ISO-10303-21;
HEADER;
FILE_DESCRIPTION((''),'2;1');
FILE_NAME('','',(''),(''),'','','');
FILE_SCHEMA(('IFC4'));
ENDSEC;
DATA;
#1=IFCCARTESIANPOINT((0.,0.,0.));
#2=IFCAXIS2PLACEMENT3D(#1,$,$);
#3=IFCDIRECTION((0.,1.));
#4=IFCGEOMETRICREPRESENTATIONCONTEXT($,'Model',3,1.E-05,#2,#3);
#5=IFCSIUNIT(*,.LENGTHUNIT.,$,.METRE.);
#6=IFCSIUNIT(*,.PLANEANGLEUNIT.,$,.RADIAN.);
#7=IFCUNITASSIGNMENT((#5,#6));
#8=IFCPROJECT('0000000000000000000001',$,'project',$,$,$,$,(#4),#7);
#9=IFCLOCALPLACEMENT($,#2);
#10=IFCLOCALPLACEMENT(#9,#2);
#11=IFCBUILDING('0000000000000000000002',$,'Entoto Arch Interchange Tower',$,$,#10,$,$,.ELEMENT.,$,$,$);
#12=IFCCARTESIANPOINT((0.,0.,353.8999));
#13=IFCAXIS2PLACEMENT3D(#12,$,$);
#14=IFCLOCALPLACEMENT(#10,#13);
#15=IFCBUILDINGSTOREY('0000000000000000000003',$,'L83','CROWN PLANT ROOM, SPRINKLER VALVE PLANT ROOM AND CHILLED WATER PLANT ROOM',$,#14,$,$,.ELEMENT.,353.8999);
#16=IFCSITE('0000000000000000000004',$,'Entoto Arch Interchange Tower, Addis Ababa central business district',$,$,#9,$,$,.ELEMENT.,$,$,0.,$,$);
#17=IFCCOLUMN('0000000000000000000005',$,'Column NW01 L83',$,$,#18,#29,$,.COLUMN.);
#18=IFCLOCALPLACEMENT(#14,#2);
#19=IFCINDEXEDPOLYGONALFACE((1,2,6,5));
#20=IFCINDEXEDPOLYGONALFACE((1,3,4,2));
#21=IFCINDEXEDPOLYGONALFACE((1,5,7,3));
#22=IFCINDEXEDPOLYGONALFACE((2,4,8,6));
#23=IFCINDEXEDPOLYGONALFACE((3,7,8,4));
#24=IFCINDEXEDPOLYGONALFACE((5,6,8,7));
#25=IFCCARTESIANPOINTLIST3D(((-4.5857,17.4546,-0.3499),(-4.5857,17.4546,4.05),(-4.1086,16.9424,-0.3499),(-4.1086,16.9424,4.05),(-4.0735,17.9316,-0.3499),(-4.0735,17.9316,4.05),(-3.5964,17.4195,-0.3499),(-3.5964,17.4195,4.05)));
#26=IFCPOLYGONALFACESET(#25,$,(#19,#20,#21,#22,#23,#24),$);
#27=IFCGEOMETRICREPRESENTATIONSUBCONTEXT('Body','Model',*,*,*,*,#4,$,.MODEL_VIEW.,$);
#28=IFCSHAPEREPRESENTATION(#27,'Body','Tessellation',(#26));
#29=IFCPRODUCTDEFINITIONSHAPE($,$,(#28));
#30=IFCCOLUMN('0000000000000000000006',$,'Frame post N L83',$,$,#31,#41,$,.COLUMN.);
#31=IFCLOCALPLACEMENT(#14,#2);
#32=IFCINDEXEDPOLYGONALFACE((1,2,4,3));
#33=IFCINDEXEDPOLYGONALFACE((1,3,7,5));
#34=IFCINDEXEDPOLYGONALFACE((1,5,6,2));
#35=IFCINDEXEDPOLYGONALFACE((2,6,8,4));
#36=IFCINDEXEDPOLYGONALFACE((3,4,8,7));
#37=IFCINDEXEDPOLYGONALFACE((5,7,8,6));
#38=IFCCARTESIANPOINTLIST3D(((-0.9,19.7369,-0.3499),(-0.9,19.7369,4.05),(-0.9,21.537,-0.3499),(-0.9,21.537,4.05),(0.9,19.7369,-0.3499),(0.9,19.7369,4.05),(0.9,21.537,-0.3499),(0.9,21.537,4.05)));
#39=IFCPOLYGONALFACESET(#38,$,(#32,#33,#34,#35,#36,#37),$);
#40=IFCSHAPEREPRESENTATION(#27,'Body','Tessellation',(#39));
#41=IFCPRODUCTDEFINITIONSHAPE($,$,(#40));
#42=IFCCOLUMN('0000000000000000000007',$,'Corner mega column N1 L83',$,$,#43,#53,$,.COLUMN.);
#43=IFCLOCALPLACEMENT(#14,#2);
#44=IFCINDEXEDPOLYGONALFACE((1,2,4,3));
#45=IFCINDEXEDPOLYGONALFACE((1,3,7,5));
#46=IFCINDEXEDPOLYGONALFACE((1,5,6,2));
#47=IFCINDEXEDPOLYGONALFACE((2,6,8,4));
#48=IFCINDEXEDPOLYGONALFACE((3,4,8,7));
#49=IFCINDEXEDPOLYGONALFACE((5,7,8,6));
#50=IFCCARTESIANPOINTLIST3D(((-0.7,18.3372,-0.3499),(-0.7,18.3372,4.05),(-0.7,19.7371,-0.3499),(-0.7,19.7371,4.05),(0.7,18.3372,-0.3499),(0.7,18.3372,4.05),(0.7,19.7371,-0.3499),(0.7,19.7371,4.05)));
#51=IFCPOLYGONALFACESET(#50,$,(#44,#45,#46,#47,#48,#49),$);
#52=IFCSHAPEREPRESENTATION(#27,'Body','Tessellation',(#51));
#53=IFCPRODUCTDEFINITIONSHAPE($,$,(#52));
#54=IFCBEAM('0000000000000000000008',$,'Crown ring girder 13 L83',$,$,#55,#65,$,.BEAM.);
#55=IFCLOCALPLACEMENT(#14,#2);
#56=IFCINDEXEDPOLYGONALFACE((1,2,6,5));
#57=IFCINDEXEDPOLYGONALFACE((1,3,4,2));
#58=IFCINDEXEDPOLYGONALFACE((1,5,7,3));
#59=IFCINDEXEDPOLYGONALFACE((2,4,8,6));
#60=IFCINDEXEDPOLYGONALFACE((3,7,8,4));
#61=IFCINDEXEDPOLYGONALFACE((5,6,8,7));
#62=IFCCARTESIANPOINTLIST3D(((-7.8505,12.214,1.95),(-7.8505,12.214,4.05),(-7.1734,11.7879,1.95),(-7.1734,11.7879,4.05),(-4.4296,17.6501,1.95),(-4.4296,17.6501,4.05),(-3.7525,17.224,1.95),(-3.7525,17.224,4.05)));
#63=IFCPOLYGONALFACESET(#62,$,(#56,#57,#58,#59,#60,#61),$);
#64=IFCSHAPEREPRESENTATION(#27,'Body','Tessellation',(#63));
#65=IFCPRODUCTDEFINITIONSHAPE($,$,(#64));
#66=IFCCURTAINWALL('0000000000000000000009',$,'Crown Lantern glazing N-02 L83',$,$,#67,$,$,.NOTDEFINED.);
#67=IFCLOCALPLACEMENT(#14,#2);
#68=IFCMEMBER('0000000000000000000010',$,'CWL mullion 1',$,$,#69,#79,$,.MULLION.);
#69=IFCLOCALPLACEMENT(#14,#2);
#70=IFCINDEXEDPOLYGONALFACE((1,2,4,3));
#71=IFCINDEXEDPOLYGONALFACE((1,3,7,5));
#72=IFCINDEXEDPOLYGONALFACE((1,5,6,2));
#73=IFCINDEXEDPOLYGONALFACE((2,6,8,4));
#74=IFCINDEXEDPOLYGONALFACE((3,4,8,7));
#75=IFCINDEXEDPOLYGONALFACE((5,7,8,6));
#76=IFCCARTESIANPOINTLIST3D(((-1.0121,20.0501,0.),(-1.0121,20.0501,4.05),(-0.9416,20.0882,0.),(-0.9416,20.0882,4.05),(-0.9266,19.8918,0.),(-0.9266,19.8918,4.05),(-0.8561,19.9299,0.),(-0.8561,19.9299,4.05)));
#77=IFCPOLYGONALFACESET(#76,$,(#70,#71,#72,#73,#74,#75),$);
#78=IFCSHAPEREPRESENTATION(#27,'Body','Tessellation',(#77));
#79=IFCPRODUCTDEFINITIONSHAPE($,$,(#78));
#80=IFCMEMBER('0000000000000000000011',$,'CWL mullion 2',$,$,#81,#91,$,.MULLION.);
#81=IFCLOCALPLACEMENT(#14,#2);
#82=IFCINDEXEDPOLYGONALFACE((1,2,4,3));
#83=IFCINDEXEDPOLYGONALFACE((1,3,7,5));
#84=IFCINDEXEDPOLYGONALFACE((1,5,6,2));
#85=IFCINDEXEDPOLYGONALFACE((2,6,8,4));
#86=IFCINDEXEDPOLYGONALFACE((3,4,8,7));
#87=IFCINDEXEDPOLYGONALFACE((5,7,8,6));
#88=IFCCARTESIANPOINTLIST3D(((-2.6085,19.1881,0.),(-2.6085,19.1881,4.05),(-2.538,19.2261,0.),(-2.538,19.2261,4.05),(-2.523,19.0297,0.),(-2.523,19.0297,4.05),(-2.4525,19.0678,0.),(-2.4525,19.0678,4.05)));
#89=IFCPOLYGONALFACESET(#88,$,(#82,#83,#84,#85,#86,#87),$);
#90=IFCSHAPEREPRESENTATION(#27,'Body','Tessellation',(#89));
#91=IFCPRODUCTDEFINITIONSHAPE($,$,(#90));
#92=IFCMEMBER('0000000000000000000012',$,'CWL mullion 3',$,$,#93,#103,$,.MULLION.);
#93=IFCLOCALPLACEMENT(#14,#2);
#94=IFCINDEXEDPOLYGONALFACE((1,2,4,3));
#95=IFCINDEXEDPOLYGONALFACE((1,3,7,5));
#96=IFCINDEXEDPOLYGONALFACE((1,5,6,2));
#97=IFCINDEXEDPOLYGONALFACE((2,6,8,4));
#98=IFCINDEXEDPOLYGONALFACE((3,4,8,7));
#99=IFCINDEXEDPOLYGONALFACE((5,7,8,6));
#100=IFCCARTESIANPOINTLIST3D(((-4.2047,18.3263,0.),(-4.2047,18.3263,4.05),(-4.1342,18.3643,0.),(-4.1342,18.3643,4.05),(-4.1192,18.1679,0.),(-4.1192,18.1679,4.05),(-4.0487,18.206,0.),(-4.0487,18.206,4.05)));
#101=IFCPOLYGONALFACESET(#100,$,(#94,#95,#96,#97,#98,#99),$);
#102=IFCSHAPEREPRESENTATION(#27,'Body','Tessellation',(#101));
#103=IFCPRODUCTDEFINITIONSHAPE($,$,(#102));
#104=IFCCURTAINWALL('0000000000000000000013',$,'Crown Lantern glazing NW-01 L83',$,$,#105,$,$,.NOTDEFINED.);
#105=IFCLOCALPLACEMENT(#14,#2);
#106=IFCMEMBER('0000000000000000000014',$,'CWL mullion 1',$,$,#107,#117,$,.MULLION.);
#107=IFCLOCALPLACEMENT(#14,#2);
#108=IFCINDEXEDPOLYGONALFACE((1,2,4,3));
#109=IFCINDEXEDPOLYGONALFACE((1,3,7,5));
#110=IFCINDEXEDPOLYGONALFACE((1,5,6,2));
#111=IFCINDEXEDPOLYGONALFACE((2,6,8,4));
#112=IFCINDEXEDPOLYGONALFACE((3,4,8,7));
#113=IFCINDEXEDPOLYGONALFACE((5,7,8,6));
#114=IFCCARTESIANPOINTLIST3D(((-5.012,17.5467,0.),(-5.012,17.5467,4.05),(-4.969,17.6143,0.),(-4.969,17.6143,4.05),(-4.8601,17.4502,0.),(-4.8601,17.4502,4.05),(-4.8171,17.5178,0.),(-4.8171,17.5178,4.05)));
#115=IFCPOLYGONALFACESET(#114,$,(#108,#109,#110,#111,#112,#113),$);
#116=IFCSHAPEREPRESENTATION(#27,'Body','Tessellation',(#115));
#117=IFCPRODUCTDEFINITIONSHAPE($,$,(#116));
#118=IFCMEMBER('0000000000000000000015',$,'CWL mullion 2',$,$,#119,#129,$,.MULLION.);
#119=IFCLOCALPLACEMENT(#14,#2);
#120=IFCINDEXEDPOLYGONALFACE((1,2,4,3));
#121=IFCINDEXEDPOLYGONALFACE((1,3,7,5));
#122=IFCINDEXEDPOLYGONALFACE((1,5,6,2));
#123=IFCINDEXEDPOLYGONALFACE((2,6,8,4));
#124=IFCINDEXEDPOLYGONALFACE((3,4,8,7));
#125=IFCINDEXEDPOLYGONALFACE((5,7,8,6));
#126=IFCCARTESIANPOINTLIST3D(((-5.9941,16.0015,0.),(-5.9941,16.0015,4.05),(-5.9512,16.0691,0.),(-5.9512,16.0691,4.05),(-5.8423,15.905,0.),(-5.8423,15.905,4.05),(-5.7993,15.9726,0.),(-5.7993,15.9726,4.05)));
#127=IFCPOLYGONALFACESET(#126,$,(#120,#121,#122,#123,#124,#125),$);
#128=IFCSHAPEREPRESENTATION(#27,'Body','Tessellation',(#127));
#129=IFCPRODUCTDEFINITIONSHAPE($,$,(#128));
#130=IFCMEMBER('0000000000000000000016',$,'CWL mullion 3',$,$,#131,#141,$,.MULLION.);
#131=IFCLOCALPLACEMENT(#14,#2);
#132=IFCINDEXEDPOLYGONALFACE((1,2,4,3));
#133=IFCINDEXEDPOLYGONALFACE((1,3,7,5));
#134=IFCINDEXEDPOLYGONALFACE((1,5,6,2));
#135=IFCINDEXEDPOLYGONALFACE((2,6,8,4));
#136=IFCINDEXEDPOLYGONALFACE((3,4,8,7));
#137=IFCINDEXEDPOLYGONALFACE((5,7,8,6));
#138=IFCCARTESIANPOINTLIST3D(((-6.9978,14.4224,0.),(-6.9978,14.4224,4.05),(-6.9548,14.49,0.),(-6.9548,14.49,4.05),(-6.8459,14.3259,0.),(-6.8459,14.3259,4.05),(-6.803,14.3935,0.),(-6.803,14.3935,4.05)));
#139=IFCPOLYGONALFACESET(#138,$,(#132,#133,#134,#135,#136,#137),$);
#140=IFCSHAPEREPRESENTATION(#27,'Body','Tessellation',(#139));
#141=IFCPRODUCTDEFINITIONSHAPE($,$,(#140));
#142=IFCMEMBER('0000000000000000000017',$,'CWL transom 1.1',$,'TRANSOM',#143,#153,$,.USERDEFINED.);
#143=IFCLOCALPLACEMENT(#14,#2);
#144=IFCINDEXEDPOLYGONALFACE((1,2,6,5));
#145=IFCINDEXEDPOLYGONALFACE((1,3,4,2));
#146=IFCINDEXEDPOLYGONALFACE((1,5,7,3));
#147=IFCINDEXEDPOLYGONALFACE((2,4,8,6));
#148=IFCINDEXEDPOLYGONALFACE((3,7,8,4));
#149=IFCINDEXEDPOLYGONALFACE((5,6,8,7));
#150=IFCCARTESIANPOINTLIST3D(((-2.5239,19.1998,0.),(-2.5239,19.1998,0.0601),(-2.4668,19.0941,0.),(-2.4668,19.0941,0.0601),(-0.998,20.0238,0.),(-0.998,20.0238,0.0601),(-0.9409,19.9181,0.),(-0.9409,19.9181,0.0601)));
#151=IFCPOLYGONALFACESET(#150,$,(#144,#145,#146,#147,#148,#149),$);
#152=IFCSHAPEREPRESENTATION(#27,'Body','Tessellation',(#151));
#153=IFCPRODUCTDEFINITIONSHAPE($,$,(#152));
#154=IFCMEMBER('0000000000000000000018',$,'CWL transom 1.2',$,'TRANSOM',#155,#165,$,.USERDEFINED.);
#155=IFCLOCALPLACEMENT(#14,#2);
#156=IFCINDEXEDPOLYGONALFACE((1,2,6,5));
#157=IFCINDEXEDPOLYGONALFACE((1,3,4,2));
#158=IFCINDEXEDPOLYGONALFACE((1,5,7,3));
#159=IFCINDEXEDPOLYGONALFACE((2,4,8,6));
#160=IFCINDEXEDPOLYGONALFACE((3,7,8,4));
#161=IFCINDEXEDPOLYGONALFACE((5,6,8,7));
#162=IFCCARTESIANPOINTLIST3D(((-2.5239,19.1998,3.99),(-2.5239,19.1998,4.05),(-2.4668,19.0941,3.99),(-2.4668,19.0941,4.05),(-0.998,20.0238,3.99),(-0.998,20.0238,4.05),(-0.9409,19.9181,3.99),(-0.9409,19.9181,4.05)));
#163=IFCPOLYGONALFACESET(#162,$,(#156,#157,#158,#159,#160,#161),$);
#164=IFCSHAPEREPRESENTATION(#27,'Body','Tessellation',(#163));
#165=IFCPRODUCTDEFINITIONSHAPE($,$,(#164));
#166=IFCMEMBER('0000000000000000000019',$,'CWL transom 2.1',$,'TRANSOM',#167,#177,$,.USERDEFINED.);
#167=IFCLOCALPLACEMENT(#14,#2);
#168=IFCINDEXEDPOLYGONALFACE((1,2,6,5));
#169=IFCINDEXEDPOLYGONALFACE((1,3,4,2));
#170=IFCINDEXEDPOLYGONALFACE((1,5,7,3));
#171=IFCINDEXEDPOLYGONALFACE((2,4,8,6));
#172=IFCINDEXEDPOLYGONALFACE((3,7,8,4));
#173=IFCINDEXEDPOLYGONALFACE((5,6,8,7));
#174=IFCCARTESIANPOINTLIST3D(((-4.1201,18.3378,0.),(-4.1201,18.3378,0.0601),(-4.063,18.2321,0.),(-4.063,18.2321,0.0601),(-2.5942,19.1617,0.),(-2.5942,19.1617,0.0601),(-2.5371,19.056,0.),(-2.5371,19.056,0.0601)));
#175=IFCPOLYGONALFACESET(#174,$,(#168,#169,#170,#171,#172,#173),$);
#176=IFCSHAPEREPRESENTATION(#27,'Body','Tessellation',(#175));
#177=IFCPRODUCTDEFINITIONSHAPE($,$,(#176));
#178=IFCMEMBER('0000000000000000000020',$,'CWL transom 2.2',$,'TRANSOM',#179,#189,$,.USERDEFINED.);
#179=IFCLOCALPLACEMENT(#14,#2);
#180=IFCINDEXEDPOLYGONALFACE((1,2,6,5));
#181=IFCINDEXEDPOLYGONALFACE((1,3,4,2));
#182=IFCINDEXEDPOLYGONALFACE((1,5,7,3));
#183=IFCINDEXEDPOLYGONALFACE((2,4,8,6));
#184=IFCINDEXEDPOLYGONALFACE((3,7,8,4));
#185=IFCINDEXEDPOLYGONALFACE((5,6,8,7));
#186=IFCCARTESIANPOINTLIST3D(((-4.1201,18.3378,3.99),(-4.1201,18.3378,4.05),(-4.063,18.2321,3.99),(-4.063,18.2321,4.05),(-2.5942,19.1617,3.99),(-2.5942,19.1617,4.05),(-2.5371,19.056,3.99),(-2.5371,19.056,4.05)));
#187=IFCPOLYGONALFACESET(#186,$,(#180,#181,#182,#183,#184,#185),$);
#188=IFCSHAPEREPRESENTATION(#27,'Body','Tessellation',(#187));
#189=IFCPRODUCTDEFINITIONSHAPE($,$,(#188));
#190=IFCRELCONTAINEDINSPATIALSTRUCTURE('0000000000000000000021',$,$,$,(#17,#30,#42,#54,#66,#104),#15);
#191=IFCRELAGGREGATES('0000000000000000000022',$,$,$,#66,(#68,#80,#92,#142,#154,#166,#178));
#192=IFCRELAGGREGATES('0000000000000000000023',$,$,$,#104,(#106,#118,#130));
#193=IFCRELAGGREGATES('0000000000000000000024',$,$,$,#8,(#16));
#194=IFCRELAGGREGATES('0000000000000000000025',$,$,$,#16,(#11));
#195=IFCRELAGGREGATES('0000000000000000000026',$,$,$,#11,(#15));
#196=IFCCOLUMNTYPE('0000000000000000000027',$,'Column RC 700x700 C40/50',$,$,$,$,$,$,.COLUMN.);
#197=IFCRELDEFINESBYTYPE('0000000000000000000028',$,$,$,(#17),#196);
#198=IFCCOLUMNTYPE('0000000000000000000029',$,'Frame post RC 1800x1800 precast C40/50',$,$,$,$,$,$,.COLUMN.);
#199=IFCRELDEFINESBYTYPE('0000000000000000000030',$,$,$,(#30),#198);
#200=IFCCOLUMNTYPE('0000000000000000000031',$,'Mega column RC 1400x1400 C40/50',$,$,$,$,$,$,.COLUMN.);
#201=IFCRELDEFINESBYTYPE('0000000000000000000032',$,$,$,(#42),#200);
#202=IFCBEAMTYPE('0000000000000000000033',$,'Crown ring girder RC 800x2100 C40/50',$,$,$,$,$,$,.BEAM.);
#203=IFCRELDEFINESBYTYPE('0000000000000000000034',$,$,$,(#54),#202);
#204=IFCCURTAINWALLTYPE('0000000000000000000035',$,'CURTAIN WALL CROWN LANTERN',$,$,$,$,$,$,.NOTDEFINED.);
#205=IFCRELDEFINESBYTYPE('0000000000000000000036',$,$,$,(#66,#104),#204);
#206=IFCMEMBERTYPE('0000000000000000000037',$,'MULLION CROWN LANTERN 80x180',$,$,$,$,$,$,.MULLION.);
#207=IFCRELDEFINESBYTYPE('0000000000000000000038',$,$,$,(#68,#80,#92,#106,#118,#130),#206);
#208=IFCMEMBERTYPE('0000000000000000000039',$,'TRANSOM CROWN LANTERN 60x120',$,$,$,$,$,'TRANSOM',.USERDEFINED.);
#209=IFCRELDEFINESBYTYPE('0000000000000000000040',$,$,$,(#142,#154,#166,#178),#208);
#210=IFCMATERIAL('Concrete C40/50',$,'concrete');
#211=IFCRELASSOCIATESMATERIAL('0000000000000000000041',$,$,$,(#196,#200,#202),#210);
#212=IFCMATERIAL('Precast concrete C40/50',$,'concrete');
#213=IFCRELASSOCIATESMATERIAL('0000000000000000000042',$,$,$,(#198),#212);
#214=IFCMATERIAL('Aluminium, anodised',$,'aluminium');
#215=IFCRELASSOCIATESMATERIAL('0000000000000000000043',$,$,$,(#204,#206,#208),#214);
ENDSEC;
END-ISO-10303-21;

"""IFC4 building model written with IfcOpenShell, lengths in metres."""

from ifc_helpers import new_model, si_unit, direction, frame, origin, origin_2d, place, context, subcontext, project, spatial, rectangle, extrude, material, material_profile, profile_set, type_object, element, aggregate, save


model = new_model("IFC4")

# Units and contexts
model_context = context("Model", 3, precision=1e-05, world=origin(), true_north=direction((0.0, 1.0)))
body_context = subcontext(model_context, "Body", "Model", "MODEL_VIEW")
ifc_project = project(units=[si_unit("LENGTHUNIT", "METRE"), si_unit("PLANEANGLEUNIT", "RADIAN")], contexts=[model_context])

# Site, building, storey
site_placement = place(None, origin())
site = spatial("IfcSite", under=ifc_project, at=site_placement, Name="Entoto Arch Interchange Tower, Addis Ababa central business district", CompositionType="ELEMENT", RefElevation=0.0)
building_placement = place(site_placement, origin())
building = spatial("IfcBuilding", under=site, at=building_placement, Name="Entoto Arch Interchange Tower", CompositionType="ELEMENT")
storey_placement = place(building_placement, frame((0.0, 0.0, 353.8999)))
storey = spatial("IfcBuildingStorey", under=building, at=storey_placement, Name="L83", Description="CROWN PLANT ROOM, SPRINKLER VALVE PLANT ROOM AND CHILLED WATER PLANT ROOM", CompositionType="ELEMENT", Elevation=353.8999)

# Columns
ifc_material_1 = material(Name="Concrete C40/50", Category="concrete")
ifc_material_profile_1 = material_profile(ifc_material_1, rectangle(XDim=0.7, YDim=0.7, at=origin_2d()))
ifc_profile_set_1 = profile_set([ifc_material_profile_1], Name="Concrete C40/50")
column_type_1 = type_object("IfcColumnType", Name="Column RC 700x700 C40/50", PredefinedType="COLUMN", material=ifc_profile_set_1)
column_1_placement = place(storey_placement, frame((-4.0911, 17.437, -0.3499), z_axis=(0.0, 0.0, 1.0), x_axis=(0.731734, 0.68159, 0.0)))
element("IfcColumn", 1, at=column_1_placement, inside=storey, type_object=column_type_1, Name="Column NW01 L83", PredefinedType="COLUMN", context=body_context, shape_type="SweptSolid", body=[
    extrude(rectangle(XDim=0.7, YDim=0.7, at=origin_2d()), origin(), (0.0, 0.0, 1.0), 4.3999),
])
ifc_material_2 = material(Name="Precast concrete C40/50", Category="concrete")
ifc_material_profile_2 = material_profile(ifc_material_2, rectangle(XDim=1.8, YDim=1.8, at=origin_2d()))
ifc_profile_set_2 = profile_set([ifc_material_profile_2], Name="Precast concrete C40/50")
column_type_2 = type_object("IfcColumnType", Name="Frame post RC 1800x1800 precast C40/50", PredefinedType="COLUMN", material=ifc_profile_set_2)
column_2_placement = place(storey_placement, frame((0.0, 20.637, -0.3499), z_axis=(0.0, 0.0, 1.0), x_axis=(0.0, 1.0, 0.0)))
element("IfcColumn", 2, at=column_2_placement, inside=storey, type_object=column_type_2, Name="Frame post N L83", PredefinedType="COLUMN", context=body_context, shape_type="SweptSolid", body=[
    extrude(rectangle(XDim=1.8, YDim=1.8, at=origin_2d()), origin(), (0.0, 0.0, 1.0), 4.3999),
])
ifc_material_profile_3 = material_profile(ifc_material_1, rectangle(XDim=1.3999, YDim=1.3999, at=origin_2d()))
ifc_profile_set_3 = profile_set([ifc_material_profile_3], Name="Concrete C40/50")
column_type_3 = type_object("IfcColumnType", Name="Mega column RC 1400x1400 C40/50", PredefinedType="COLUMN", material=ifc_profile_set_3)
column_3_placement = place(storey_placement, frame((0.0, 19.0371, -0.3499), z_axis=(0.0, 0.0, 1.0), x_axis=(0.0, 1.0, 0.0)))
element("IfcColumn", 3, at=column_3_placement, inside=storey, type_object=column_type_3, Name="Corner mega column N1 L83", PredefinedType="COLUMN", context=body_context, shape_type="SweptSolid", body=[
    extrude(rectangle(XDim=1.3999, YDim=1.3999, at=origin_2d()), origin(), (0.0, 0.0, 1.0), 4.3999),
])

# Beam
ifc_material_profile_4 = material_profile(ifc_material_1, rectangle(XDim=0.8, YDim=2.1001, at=origin_2d()))
ifc_profile_set_4 = profile_set([ifc_material_profile_4], Name="Concrete C40/50")
beam_type = type_object("IfcBeamType", Name="Crown ring girder RC 800x2100 C40/50", PredefinedType="BEAM", material=ifc_profile_set_4)
beam_placement = place(storey_placement, frame((-4.0911, 17.437, 3.0), z_axis=(-0.532614, -0.846359, 0.0), x_axis=(0.846359, -0.532614, 0.0)))
element("IfcBeam", 4, at=beam_placement, inside=storey, type_object=beam_type, Name="Crown ring girder 13 L83", PredefinedType="BEAM", context=body_context, shape_type="SweptSolid", body=[
    extrude(rectangle(XDim=0.8, YDim=2.1001, at=origin_2d()), origin(), (0.0, 0.0, 1.0), 6.4229),
])

# Curtain walls, members
ifc_material_3 = material(Name="Aluminium, anodised", Category="aluminium")
curtain_wall_type = type_object("IfcCurtainWallType", Name="CURTAIN WALL CROWN LANTERN", PredefinedType="NOTDEFINED", material=ifc_material_3)
curtain_wall_1_placement = place(storey_placement, origin())
curtain_wall_1 = element("IfcCurtainWall", 5, at=curtain_wall_1_placement, inside=storey, type_object=curtain_wall_type, Name="Crown Lantern glazing N-02 L83", PredefinedType="NOTDEFINED")
ifc_material_profile_5 = material_profile(ifc_material_3, rectangle(XDim=0.1799, YDim=0.0801, at=origin_2d()))
ifc_profile_set_5 = profile_set([ifc_material_profile_5], Name="Aluminium, anodised")
member_type_1 = type_object("IfcMemberType", Name="MULLION CROWN LANTERN 80x180", PredefinedType="MULLION", material=ifc_profile_set_5)
member_1_placement = place(storey_placement, frame((-0.9341, 19.99, 0.0), z_axis=(0.0, 0.0, 1.0), x_axis=(0.475145, -0.879908, 0.0)))
member_1 = element("IfcMember", 6, at=member_1_placement, type_object=member_type_1, Name="CWL mullion 1", PredefinedType="MULLION", context=body_context, shape_type="SweptSolid", body=[
    extrude(rectangle(XDim=0.1799, YDim=0.0801, at=origin_2d()), origin(), (0.0, 0.0, 1.0), 4.05),
])
member_2_placement = place(storey_placement, frame((-2.5305, 19.1279, 0.0), z_axis=(0.0, 0.0, 1.0), x_axis=(0.475145, -0.879908, 0.0)))
member_2 = element("IfcMember", 7, at=member_2_placement, type_object=member_type_1, Name="CWL mullion 2", PredefinedType="MULLION", context=body_context, shape_type="SweptSolid", body=[
    extrude(rectangle(XDim=0.1799, YDim=0.0801, at=origin_2d()), origin(), (0.0, 0.0, 1.0), 4.05),
])
member_3_placement = place(storey_placement, frame((-4.1267, 18.2661, 0.0), z_axis=(0.0, 0.0, 1.0), x_axis=(0.475145, -0.879908, 0.0)))
member_3 = element("IfcMember", 8, at=member_3_placement, type_object=member_type_1, Name="CWL mullion 3", PredefinedType="MULLION", context=body_context, shape_type="SweptSolid", body=[
    extrude(rectangle(XDim=0.1799, YDim=0.0801, at=origin_2d()), origin(), (0.0, 0.0, 1.0), 4.05),
])
curtain_wall_2_placement = place(storey_placement, origin())
curtain_wall_2 = element("IfcCurtainWall", 9, at=curtain_wall_2_placement, inside=storey, type_object=curtain_wall_type, Name="Crown Lantern glazing NW-01 L83", PredefinedType="NOTDEFINED")
member_4_placement = place(storey_placement, frame((-4.9146, 17.5322, 0.0), z_axis=(0.0, 0.0, 1.0), x_axis=(0.84394, -0.536437, 0.0)))
member_4 = element("IfcMember", 10, at=member_4_placement, type_object=member_type_1, Name="CWL mullion 1", PredefinedType="MULLION", context=body_context, shape_type="SweptSolid", body=[
    extrude(rectangle(XDim=0.1799, YDim=0.0801, at=origin_2d()), origin(), (0.0, 0.0, 1.0), 4.05),
])
member_5_placement = place(storey_placement, frame((-5.8967, 15.9871, 0.0), z_axis=(0.0, 0.0, 1.0), x_axis=(0.84394, -0.536437, 0.0)))
member_5 = element("IfcMember", 11, at=member_5_placement, type_object=member_type_1, Name="CWL mullion 2", PredefinedType="MULLION", context=body_context, shape_type="SweptSolid", body=[
    extrude(rectangle(XDim=0.1799, YDim=0.0801, at=origin_2d()), origin(), (0.0, 0.0, 1.0), 4.05),
])
member_6_placement = place(storey_placement, frame((-6.9004, 14.408, 0.0), z_axis=(0.0, 0.0, 1.0), x_axis=(0.84394, -0.536437, 0.0)))
member_6 = element("IfcMember", 12, at=member_6_placement, type_object=member_type_1, Name="CWL mullion 3", PredefinedType="MULLION", context=body_context, shape_type="SweptSolid", body=[
    extrude(rectangle(XDim=0.1799, YDim=0.0801, at=origin_2d()), origin(), (0.0, 0.0, 1.0), 4.05),
])

# Members
ifc_material_profile_6 = material_profile(ifc_material_3, rectangle(XDim=0.1201, YDim=0.0601, at=origin_2d()))
ifc_profile_set_6 = profile_set([ifc_material_profile_6], Name="Aluminium, anodised")
member_type_2 = type_object("IfcMemberType", Name="TRANSOM CROWN LANTERN 60x120", ElementType="TRANSOM", PredefinedType="USERDEFINED", material=ifc_profile_set_6)
member_7_placement = place(storey_placement, frame((-0.9695, 19.9709, 0.03), z_axis=(-0.879905, -0.475149, 0.0), x_axis=(0.475149, -0.879905, 0.0)))
member_7 = element("IfcMember", 13, at=member_7_placement, type_object=member_type_2, Name="CWL transom 1.1", ObjectType="TRANSOM", PredefinedType="USERDEFINED", context=body_context, shape_type="SweptSolid", body=[
    extrude(rectangle(XDim=0.1201, YDim=0.0601, at=origin_2d()), origin(), (0.0, 0.0, 1.0), 1.7341),
])
member_8_placement = place(storey_placement, frame((-0.9695, 19.9709, 4.02), z_axis=(-0.879905, -0.475149, 0.0), x_axis=(0.475149, -0.879905, 0.0)))
member_8 = element("IfcMember", 14, at=member_8_placement, type_object=member_type_2, Name="CWL transom 1.2", ObjectType="TRANSOM", PredefinedType="USERDEFINED", context=body_context, shape_type="SweptSolid", body=[
    extrude(rectangle(XDim=0.1201, YDim=0.0601, at=origin_2d()), origin(), (0.0, 0.0, 1.0), 1.7341),
])
member_9_placement = place(storey_placement, frame((-2.5657, 19.1089, 0.03), z_axis=(-0.879905, -0.475149, 0.0), x_axis=(0.475149, -0.879905, 0.0)))
member_9 = element("IfcMember", 15, at=member_9_placement, type_object=member_type_2, Name="CWL transom 2.1", ObjectType="TRANSOM", PredefinedType="USERDEFINED", context=body_context, shape_type="SweptSolid", body=[
    extrude(rectangle(XDim=0.1201, YDim=0.0601, at=origin_2d()), origin(), (0.0, 0.0, 1.0), 1.7341),
])
member_10_placement = place(storey_placement, frame((-2.5657, 19.1089, 4.02), z_axis=(-0.879905, -0.475149, 0.0), x_axis=(0.475149, -0.879905, 0.0)))
member_10 = element("IfcMember", 16, at=member_10_placement, type_object=member_type_2, Name="CWL transom 2.2", ObjectType="TRANSOM", PredefinedType="USERDEFINED", context=body_context, shape_type="SweptSolid", body=[
    extrude(rectangle(XDim=0.1201, YDim=0.0601, at=origin_2d()), origin(), (0.0, 0.0, 1.0), 1.7341),
])

aggregate(curtain_wall_1, [member_1, member_2, member_3, member_7, member_8, member_9, member_10])
aggregate(curtain_wall_2, [member_4, member_5, member_6])

save(model, "model.ifc")
